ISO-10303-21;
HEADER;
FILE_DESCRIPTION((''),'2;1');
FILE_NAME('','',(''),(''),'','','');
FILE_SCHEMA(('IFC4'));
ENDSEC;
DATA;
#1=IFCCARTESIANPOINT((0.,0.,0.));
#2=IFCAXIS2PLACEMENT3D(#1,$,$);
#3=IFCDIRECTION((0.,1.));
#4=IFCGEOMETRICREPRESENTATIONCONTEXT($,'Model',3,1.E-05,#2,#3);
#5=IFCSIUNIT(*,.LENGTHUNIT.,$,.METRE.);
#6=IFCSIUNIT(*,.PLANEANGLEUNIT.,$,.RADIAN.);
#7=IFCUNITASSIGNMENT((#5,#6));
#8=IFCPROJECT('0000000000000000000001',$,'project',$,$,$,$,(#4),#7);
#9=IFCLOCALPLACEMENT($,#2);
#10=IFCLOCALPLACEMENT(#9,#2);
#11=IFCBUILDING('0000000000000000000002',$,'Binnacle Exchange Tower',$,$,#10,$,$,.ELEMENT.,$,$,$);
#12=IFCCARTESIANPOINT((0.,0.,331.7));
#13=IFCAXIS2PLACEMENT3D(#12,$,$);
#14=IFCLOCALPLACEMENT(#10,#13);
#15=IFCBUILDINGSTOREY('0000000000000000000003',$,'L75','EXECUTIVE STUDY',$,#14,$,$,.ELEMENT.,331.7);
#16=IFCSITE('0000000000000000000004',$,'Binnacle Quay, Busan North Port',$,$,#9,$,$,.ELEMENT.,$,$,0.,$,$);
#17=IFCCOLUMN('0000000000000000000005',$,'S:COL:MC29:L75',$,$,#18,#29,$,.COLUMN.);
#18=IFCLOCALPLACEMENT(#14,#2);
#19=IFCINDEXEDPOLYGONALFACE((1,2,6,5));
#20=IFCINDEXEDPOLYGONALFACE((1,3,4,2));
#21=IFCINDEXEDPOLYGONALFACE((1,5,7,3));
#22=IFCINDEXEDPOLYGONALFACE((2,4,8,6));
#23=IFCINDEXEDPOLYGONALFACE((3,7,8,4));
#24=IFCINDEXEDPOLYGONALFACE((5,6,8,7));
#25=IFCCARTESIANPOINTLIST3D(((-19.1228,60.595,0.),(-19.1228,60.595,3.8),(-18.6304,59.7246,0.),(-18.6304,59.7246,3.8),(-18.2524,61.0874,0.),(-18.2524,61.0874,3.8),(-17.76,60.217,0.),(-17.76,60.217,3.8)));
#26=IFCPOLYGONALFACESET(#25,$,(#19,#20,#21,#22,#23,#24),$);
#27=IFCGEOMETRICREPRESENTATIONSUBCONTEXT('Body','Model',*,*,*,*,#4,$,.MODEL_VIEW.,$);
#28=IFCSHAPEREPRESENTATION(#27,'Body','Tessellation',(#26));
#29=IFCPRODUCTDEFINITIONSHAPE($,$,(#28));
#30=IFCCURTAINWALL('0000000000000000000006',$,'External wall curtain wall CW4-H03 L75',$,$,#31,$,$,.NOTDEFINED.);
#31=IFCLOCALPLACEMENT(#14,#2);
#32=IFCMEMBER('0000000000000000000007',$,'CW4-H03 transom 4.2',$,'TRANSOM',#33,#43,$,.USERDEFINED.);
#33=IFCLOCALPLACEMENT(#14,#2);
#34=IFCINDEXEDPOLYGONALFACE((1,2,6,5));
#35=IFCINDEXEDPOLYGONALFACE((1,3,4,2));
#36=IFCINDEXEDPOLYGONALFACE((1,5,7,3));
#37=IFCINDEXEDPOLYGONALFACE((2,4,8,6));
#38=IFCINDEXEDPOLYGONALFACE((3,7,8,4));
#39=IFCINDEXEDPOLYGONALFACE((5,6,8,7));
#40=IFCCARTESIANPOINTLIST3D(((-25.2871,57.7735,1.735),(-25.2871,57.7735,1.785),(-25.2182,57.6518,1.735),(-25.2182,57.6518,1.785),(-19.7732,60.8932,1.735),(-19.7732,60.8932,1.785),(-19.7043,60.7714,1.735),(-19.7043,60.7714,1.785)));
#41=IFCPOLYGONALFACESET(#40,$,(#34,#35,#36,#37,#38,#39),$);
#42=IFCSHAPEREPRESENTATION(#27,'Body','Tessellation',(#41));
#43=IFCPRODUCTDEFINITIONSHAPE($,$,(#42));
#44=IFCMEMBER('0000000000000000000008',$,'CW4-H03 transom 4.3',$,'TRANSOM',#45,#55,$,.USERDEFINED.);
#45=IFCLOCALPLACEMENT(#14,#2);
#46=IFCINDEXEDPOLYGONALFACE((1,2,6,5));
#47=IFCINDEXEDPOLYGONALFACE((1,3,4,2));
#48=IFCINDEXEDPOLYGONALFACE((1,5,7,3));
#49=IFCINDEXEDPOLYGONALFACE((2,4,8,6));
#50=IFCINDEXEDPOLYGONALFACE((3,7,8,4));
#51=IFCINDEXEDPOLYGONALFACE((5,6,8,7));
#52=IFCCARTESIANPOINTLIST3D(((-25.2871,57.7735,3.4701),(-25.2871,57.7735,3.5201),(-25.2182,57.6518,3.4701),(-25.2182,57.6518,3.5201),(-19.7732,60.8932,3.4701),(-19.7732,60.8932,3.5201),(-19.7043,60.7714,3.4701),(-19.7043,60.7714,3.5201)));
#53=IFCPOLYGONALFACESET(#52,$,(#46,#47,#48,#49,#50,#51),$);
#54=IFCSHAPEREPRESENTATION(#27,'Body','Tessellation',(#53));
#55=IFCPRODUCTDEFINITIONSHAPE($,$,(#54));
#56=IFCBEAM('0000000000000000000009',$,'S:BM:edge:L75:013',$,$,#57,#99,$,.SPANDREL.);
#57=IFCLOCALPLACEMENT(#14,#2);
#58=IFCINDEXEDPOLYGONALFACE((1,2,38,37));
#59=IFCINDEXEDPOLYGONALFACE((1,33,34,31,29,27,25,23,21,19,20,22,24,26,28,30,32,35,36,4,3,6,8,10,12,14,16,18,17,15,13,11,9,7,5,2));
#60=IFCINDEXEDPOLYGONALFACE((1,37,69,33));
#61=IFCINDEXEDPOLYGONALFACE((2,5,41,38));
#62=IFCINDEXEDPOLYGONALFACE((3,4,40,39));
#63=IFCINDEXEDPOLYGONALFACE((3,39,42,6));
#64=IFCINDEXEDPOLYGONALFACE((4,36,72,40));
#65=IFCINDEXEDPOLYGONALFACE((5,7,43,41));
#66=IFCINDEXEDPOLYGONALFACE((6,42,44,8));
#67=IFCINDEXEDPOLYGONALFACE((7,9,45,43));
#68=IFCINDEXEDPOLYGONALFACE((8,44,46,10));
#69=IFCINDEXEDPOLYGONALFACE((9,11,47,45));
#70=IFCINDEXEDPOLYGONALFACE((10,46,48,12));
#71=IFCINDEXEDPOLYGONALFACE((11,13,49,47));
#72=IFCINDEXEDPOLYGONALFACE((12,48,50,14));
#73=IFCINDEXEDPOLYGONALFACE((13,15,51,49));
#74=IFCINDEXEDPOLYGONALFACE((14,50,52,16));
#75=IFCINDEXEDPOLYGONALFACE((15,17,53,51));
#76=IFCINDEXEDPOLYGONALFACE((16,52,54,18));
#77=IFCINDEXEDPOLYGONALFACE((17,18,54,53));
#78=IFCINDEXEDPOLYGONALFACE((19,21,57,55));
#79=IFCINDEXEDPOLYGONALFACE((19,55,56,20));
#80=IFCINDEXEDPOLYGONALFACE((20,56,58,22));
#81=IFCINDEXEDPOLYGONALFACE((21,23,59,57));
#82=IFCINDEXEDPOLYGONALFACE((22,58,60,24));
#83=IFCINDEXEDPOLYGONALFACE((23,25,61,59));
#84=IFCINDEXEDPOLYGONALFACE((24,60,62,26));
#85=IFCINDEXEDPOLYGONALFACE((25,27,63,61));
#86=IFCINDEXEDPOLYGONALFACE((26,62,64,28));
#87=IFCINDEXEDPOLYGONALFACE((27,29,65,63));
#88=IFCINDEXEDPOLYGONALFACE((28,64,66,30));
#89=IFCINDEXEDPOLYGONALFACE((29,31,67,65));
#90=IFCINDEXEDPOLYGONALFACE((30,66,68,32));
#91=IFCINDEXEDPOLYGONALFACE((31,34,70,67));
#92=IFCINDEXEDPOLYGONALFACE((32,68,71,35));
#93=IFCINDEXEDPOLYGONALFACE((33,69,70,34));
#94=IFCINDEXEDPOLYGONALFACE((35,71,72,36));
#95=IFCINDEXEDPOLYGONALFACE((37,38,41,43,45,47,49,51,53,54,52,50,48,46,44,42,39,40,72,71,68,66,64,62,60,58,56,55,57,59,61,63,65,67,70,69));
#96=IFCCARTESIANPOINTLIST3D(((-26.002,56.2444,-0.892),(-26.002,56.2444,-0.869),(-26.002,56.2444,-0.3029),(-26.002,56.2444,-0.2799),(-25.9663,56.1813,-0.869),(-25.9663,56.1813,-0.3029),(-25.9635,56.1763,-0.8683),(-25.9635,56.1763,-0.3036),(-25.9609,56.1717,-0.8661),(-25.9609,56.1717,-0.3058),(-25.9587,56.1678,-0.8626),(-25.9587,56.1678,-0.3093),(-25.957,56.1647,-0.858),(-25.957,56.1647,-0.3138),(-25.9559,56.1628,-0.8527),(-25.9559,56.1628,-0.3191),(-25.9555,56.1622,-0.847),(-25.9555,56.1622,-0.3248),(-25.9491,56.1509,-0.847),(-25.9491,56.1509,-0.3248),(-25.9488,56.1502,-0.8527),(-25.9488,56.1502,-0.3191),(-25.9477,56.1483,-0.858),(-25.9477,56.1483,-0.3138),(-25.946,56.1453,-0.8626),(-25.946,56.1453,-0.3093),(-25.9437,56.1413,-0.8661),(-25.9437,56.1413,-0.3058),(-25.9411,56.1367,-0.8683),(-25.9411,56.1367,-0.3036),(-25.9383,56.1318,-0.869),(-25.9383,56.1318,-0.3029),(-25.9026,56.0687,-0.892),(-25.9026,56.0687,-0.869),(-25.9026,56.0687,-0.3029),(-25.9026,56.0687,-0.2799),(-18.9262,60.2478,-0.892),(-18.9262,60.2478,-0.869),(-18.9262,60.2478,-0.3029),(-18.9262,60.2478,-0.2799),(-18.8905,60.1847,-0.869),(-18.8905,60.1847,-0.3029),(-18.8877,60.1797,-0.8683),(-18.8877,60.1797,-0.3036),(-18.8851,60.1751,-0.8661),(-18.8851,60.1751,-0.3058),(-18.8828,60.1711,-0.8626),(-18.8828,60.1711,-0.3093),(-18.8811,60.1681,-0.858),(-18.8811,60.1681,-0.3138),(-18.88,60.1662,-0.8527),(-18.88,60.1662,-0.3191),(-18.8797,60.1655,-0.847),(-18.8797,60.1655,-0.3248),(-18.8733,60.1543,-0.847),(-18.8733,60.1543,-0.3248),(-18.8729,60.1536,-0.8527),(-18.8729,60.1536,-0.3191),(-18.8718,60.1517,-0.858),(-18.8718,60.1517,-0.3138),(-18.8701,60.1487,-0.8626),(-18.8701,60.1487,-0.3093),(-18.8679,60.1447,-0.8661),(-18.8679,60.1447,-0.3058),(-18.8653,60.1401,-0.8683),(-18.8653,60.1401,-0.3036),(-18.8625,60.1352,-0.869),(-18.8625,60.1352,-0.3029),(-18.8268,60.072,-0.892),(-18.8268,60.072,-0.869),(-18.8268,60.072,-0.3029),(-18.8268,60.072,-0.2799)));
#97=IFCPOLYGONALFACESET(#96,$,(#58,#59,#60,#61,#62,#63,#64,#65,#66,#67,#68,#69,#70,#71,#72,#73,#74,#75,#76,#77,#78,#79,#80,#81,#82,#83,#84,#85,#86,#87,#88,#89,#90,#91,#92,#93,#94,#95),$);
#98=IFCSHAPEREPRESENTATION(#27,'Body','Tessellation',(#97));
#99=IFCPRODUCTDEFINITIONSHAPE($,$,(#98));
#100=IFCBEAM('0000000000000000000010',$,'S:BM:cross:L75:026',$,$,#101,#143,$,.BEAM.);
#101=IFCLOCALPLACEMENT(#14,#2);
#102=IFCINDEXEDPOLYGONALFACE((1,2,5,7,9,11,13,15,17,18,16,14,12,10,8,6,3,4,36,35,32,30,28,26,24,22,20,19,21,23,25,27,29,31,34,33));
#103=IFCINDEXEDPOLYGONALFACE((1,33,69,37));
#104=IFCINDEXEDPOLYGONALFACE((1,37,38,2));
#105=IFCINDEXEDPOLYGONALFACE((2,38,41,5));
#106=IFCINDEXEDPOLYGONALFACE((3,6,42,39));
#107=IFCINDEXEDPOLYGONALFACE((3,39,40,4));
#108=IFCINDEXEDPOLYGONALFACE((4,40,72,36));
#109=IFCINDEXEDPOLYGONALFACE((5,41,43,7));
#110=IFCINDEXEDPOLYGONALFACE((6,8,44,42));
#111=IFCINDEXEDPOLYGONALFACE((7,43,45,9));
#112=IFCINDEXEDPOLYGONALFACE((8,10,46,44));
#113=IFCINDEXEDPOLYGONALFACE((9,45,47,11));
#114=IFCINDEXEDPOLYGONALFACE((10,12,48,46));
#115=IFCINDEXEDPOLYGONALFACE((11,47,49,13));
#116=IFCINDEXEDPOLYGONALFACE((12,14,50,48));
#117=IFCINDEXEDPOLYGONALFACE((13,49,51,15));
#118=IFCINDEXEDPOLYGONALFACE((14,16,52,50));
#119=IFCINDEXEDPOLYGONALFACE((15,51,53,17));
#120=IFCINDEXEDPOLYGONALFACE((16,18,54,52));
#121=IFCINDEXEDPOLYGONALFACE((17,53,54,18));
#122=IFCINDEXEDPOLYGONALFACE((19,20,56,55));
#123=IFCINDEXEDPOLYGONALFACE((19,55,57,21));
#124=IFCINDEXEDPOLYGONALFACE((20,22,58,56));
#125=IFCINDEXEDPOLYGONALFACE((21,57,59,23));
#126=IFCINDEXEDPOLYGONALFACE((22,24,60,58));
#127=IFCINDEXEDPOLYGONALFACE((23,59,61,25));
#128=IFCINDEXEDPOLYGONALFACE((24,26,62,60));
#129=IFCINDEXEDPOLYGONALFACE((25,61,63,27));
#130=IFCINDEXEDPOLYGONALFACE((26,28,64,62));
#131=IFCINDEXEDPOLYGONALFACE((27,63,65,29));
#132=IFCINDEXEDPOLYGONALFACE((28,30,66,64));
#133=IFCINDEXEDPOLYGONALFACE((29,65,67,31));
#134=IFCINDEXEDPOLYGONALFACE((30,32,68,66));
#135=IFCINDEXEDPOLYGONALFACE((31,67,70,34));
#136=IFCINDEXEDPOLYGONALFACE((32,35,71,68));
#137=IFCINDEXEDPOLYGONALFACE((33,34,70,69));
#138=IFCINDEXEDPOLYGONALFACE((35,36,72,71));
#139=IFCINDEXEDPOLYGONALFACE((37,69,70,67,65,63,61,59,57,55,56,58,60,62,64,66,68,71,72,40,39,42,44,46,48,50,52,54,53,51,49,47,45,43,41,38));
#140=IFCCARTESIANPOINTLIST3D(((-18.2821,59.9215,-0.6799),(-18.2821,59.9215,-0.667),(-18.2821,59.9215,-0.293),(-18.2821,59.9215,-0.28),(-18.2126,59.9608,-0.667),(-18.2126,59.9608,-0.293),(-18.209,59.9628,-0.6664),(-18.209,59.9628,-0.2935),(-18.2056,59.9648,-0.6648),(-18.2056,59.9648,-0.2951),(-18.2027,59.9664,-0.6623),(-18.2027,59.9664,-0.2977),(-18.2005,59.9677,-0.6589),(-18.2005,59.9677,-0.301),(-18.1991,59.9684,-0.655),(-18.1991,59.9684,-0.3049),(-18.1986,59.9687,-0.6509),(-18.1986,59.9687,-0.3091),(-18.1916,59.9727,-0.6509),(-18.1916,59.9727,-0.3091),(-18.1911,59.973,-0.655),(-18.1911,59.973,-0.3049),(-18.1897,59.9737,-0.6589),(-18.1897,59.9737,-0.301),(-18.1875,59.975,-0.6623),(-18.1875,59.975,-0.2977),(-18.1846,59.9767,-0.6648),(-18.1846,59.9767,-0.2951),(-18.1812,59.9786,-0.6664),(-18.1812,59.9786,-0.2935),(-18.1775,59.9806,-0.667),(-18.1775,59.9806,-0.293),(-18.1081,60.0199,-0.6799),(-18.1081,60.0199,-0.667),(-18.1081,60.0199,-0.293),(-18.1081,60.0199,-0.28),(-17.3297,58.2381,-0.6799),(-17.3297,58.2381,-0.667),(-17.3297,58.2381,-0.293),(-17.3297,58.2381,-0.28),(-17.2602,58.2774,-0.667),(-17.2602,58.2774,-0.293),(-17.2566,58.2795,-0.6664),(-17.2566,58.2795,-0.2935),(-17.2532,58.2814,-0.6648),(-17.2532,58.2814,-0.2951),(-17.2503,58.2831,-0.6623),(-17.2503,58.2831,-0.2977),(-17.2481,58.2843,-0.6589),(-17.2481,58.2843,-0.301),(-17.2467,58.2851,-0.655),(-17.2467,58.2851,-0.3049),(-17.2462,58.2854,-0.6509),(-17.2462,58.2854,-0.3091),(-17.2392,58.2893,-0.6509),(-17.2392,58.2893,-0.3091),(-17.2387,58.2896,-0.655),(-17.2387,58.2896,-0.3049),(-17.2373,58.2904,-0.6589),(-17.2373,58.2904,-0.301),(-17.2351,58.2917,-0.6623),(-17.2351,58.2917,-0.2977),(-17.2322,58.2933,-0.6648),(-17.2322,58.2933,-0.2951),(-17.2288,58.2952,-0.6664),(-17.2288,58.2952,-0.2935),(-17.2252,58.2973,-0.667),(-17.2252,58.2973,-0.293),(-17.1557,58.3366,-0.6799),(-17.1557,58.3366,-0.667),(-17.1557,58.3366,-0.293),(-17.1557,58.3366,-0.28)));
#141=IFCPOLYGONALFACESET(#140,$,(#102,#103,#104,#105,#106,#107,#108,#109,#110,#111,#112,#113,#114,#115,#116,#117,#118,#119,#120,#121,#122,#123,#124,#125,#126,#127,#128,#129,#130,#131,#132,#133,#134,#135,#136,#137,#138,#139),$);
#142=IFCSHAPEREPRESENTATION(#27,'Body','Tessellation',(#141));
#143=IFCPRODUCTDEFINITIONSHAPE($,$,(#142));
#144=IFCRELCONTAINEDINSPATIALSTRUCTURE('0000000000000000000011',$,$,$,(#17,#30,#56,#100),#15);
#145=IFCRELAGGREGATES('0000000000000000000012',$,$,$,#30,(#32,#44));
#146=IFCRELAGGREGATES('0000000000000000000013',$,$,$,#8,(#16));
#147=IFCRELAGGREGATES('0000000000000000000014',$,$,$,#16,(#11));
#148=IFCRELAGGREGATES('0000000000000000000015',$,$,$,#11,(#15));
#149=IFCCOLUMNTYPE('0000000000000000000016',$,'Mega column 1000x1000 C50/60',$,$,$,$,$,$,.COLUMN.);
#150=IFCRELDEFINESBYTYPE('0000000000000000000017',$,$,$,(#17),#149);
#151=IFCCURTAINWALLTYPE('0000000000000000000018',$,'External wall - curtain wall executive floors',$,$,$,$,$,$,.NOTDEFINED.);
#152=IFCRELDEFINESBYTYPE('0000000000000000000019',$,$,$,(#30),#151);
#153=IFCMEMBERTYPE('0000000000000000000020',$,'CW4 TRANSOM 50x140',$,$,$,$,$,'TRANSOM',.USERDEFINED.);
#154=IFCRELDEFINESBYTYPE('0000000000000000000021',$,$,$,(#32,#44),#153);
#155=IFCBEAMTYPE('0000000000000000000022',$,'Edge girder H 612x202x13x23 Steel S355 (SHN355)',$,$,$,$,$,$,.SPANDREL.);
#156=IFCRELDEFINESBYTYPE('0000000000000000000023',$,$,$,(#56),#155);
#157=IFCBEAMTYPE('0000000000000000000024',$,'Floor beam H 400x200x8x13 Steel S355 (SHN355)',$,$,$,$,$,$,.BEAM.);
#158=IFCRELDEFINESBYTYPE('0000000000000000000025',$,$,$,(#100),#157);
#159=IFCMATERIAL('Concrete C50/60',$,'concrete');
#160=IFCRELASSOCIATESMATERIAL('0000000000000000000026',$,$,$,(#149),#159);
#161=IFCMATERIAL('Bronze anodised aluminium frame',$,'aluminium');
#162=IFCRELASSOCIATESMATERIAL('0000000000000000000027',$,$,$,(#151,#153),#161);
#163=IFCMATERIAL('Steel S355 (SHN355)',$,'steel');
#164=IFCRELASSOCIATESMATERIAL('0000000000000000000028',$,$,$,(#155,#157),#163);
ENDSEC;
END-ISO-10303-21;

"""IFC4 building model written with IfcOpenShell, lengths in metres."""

from ifc_helpers import new_model, si_unit, direction, frame, origin, origin_2d, place, context, subcontext, project, spatial, rectangle, i_section, extrude, material, material_profile, profile_set, type_object, element, aggregate, save


model = new_model("IFC4")

# Units and contexts
model_context = context("Model", 3, precision=1e-05, world=origin(), true_north=direction((0.0, 1.0)))
body_context = subcontext(model_context, "Body", "Model", "MODEL_VIEW")
ifc_project = project(units=[si_unit("LENGTHUNIT", "METRE"), si_unit("PLANEANGLEUNIT", "RADIAN")], contexts=[model_context])

# Site, building, storey
site_placement = place(None, origin())
site = spatial("IfcSite", under=ifc_project, at=site_placement, Name="Binnacle Quay, Busan North Port", CompositionType="ELEMENT", RefElevation=0.0)
building_placement = place(site_placement, origin())
building = spatial("IfcBuilding", under=site, at=building_placement, Name="Binnacle Exchange Tower", CompositionType="ELEMENT")
storey_placement = place(building_placement, frame((0.0, 0.0, 331.7)))
storey = spatial("IfcBuildingStorey", under=building, at=storey_placement, Name="L75", Description="EXECUTIVE STUDY", CompositionType="ELEMENT", Elevation=331.7)

# Column
ifc_material_1 = material(Name="Concrete C50/60", Category="concrete")
ifc_material_profile_1 = material_profile(ifc_material_1, rectangle(XDim=1.0, YDim=1.0, at=origin_2d()), Name="Mega column 1000x1000 C50/60")
ifc_profile_set_1 = profile_set([ifc_material_profile_1], Name="Concrete C50/60")
column_type = type_object("IfcColumnType", Name="Mega column 1000x1000 C50/60", PredefinedType="COLUMN", material=ifc_profile_set_1)
column_placement = place(storey_placement, frame((-18.4414, 60.406, 0.0), z_axis=(0.0, 0.0, 1.0), x_axis=(-0.870356, -0.492424, 0.0)))
element("IfcColumn", 1, at=column_placement, inside=storey, type_object=column_type, Name="S:COL:MC29:L75", PredefinedType="COLUMN", context=body_context, shape_type="SweptSolid", body=[
    extrude(rectangle(XDim=1.0, YDim=1.0, at=origin_2d()), origin(), (0.0, 0.0, 1.0), 3.8),
])

# Curtain wall, members
ifc_material_2 = material(Name="Bronze anodised aluminium frame", Category="aluminium")
curtain_wall_type = type_object("IfcCurtainWallType", Name="External wall - curtain wall executive floors", PredefinedType="NOTDEFINED", material=ifc_material_2)
curtain_wall_placement = place(storey_placement, origin())
curtain_wall = element("IfcCurtainWall", 2, at=curtain_wall_placement, inside=storey, type_object=curtain_wall_type, Name="External wall curtain wall CW4-H03 L75", PredefinedType="NOTDEFINED")
ifc_material_profile_2 = material_profile(ifc_material_2, rectangle(XDim=0.1399, YDim=0.05, at=origin_2d()), Name="AL 140x50")
ifc_profile_set_2 = profile_set([ifc_material_profile_2], Name="Bronze anodised aluminium frame")
member_type = type_object("IfcMemberType", Name="CW4 TRANSOM 50x140", ElementType="TRANSOM", PredefinedType="USERDEFINED", material=ifc_profile_set_2)
member_1_placement = place(storey_placement, frame((-19.7388, 60.8323, 1.76), z_axis=(-0.870355, -0.492424, 0.0), x_axis=(0.492424, -0.870355, 0.0)))
member_1 = element("IfcMember", 3, at=member_1_placement, type_object=member_type, Name="CW4-H03 transom 4.2", ObjectType="TRANSOM", PredefinedType="USERDEFINED", context=body_context, shape_type="SweptSolid", body=[
    extrude(rectangle(XDim=0.1399, YDim=0.05, at=origin_2d()), origin(), (0.0, 0.0, 1.0), 6.3352),
])
member_2_placement = place(storey_placement, frame((-19.7388, 60.8323, 3.4951), z_axis=(-0.870355, -0.492424, 0.0), x_axis=(0.492424, -0.870355, 0.0)))
member_2 = element("IfcMember", 4, at=member_2_placement, type_object=member_type, Name="CW4-H03 transom 4.3", ObjectType="TRANSOM", PredefinedType="USERDEFINED", context=body_context, shape_type="SweptSolid", body=[
    extrude(rectangle(XDim=0.1399, YDim=0.05, at=origin_2d()), origin(), (0.0, 0.0, 1.0), 6.3352),
])
aggregate(curtain_wall, [member_1, member_2])

# Beams
ifc_material_3 = material(Name="Steel S355 (SHN355)", Category="steel")
ifc_material_profile_3 = material_profile(ifc_material_3, i_section(OverallWidth=0.2019, OverallDepth=0.6121, WebThickness=0.0129, FlangeThickness=0.0229, FilletRadius=0.022, at=origin_2d()), Name="H 612x202x13x23")
ifc_profile_set_3 = profile_set([ifc_material_profile_3], Name="Steel S355 (SHN355)")
beam_type_1 = type_object("IfcBeamType", Name="Edge girder H 612x202x13x23 Steel S355 (SHN355)", PredefinedType="SPANDREL", material=ifc_profile_set_3)
beam_1_placement = place(storey_placement, frame((-18.8765, 60.1599, -0.5859), z_axis=(-0.870353, -0.492428, 0.0), x_axis=(0.492428, -0.870353, 0.0)))
element("IfcBeam", 5, at=beam_1_placement, inside=storey, type_object=beam_type_1, Name="S:BM:edge:L75:013", PredefinedType="SPANDREL", context=body_context, shape_type="SweptSolid", body=[
    extrude(i_section(OverallWidth=0.2019, OverallDepth=0.6121, WebThickness=0.0129, FlangeThickness=0.0229, FilletRadius=0.022, at=origin_2d()), origin(), (0.0, 0.0, 1.0), 8.1299),
])
ifc_material_profile_4 = material_profile(ifc_material_3, i_section(OverallWidth=0.2, OverallDepth=0.3999, WebThickness=0.0081, FlangeThickness=0.0129, FilletRadius=0.0161, at=origin_2d()), Name="H 400x200x8x13")
ifc_profile_set_4 = profile_set([ifc_material_profile_4], Name="Steel S355 (SHN355)")
beam_type_2 = type_object("IfcBeamType", Name="Floor beam H 400x200x8x13 Steel S355 (SHN355)", PredefinedType="BEAM", material=ifc_profile_set_4)
beam_2_placement = place(storey_placement, frame((-18.1951, 59.9707, -0.48), z_axis=(0.492423, -0.870356, 0.0), x_axis=(0.870356, 0.492423, 0.0)))
element("IfcBeam", 6, at=beam_2_placement, inside=storey, type_object=beam_type_2, Name="S:BM:cross:L75:026", PredefinedType="BEAM", context=body_context, shape_type="SweptSolid", body=[
    extrude(i_section(OverallWidth=0.2, OverallDepth=0.3999, WebThickness=0.0081, FlangeThickness=0.0129, FilletRadius=0.0161, at=origin_2d()), origin(), (0.0, 0.0, 1.0), 1.9341),
])

save(model, "model.ifc")
